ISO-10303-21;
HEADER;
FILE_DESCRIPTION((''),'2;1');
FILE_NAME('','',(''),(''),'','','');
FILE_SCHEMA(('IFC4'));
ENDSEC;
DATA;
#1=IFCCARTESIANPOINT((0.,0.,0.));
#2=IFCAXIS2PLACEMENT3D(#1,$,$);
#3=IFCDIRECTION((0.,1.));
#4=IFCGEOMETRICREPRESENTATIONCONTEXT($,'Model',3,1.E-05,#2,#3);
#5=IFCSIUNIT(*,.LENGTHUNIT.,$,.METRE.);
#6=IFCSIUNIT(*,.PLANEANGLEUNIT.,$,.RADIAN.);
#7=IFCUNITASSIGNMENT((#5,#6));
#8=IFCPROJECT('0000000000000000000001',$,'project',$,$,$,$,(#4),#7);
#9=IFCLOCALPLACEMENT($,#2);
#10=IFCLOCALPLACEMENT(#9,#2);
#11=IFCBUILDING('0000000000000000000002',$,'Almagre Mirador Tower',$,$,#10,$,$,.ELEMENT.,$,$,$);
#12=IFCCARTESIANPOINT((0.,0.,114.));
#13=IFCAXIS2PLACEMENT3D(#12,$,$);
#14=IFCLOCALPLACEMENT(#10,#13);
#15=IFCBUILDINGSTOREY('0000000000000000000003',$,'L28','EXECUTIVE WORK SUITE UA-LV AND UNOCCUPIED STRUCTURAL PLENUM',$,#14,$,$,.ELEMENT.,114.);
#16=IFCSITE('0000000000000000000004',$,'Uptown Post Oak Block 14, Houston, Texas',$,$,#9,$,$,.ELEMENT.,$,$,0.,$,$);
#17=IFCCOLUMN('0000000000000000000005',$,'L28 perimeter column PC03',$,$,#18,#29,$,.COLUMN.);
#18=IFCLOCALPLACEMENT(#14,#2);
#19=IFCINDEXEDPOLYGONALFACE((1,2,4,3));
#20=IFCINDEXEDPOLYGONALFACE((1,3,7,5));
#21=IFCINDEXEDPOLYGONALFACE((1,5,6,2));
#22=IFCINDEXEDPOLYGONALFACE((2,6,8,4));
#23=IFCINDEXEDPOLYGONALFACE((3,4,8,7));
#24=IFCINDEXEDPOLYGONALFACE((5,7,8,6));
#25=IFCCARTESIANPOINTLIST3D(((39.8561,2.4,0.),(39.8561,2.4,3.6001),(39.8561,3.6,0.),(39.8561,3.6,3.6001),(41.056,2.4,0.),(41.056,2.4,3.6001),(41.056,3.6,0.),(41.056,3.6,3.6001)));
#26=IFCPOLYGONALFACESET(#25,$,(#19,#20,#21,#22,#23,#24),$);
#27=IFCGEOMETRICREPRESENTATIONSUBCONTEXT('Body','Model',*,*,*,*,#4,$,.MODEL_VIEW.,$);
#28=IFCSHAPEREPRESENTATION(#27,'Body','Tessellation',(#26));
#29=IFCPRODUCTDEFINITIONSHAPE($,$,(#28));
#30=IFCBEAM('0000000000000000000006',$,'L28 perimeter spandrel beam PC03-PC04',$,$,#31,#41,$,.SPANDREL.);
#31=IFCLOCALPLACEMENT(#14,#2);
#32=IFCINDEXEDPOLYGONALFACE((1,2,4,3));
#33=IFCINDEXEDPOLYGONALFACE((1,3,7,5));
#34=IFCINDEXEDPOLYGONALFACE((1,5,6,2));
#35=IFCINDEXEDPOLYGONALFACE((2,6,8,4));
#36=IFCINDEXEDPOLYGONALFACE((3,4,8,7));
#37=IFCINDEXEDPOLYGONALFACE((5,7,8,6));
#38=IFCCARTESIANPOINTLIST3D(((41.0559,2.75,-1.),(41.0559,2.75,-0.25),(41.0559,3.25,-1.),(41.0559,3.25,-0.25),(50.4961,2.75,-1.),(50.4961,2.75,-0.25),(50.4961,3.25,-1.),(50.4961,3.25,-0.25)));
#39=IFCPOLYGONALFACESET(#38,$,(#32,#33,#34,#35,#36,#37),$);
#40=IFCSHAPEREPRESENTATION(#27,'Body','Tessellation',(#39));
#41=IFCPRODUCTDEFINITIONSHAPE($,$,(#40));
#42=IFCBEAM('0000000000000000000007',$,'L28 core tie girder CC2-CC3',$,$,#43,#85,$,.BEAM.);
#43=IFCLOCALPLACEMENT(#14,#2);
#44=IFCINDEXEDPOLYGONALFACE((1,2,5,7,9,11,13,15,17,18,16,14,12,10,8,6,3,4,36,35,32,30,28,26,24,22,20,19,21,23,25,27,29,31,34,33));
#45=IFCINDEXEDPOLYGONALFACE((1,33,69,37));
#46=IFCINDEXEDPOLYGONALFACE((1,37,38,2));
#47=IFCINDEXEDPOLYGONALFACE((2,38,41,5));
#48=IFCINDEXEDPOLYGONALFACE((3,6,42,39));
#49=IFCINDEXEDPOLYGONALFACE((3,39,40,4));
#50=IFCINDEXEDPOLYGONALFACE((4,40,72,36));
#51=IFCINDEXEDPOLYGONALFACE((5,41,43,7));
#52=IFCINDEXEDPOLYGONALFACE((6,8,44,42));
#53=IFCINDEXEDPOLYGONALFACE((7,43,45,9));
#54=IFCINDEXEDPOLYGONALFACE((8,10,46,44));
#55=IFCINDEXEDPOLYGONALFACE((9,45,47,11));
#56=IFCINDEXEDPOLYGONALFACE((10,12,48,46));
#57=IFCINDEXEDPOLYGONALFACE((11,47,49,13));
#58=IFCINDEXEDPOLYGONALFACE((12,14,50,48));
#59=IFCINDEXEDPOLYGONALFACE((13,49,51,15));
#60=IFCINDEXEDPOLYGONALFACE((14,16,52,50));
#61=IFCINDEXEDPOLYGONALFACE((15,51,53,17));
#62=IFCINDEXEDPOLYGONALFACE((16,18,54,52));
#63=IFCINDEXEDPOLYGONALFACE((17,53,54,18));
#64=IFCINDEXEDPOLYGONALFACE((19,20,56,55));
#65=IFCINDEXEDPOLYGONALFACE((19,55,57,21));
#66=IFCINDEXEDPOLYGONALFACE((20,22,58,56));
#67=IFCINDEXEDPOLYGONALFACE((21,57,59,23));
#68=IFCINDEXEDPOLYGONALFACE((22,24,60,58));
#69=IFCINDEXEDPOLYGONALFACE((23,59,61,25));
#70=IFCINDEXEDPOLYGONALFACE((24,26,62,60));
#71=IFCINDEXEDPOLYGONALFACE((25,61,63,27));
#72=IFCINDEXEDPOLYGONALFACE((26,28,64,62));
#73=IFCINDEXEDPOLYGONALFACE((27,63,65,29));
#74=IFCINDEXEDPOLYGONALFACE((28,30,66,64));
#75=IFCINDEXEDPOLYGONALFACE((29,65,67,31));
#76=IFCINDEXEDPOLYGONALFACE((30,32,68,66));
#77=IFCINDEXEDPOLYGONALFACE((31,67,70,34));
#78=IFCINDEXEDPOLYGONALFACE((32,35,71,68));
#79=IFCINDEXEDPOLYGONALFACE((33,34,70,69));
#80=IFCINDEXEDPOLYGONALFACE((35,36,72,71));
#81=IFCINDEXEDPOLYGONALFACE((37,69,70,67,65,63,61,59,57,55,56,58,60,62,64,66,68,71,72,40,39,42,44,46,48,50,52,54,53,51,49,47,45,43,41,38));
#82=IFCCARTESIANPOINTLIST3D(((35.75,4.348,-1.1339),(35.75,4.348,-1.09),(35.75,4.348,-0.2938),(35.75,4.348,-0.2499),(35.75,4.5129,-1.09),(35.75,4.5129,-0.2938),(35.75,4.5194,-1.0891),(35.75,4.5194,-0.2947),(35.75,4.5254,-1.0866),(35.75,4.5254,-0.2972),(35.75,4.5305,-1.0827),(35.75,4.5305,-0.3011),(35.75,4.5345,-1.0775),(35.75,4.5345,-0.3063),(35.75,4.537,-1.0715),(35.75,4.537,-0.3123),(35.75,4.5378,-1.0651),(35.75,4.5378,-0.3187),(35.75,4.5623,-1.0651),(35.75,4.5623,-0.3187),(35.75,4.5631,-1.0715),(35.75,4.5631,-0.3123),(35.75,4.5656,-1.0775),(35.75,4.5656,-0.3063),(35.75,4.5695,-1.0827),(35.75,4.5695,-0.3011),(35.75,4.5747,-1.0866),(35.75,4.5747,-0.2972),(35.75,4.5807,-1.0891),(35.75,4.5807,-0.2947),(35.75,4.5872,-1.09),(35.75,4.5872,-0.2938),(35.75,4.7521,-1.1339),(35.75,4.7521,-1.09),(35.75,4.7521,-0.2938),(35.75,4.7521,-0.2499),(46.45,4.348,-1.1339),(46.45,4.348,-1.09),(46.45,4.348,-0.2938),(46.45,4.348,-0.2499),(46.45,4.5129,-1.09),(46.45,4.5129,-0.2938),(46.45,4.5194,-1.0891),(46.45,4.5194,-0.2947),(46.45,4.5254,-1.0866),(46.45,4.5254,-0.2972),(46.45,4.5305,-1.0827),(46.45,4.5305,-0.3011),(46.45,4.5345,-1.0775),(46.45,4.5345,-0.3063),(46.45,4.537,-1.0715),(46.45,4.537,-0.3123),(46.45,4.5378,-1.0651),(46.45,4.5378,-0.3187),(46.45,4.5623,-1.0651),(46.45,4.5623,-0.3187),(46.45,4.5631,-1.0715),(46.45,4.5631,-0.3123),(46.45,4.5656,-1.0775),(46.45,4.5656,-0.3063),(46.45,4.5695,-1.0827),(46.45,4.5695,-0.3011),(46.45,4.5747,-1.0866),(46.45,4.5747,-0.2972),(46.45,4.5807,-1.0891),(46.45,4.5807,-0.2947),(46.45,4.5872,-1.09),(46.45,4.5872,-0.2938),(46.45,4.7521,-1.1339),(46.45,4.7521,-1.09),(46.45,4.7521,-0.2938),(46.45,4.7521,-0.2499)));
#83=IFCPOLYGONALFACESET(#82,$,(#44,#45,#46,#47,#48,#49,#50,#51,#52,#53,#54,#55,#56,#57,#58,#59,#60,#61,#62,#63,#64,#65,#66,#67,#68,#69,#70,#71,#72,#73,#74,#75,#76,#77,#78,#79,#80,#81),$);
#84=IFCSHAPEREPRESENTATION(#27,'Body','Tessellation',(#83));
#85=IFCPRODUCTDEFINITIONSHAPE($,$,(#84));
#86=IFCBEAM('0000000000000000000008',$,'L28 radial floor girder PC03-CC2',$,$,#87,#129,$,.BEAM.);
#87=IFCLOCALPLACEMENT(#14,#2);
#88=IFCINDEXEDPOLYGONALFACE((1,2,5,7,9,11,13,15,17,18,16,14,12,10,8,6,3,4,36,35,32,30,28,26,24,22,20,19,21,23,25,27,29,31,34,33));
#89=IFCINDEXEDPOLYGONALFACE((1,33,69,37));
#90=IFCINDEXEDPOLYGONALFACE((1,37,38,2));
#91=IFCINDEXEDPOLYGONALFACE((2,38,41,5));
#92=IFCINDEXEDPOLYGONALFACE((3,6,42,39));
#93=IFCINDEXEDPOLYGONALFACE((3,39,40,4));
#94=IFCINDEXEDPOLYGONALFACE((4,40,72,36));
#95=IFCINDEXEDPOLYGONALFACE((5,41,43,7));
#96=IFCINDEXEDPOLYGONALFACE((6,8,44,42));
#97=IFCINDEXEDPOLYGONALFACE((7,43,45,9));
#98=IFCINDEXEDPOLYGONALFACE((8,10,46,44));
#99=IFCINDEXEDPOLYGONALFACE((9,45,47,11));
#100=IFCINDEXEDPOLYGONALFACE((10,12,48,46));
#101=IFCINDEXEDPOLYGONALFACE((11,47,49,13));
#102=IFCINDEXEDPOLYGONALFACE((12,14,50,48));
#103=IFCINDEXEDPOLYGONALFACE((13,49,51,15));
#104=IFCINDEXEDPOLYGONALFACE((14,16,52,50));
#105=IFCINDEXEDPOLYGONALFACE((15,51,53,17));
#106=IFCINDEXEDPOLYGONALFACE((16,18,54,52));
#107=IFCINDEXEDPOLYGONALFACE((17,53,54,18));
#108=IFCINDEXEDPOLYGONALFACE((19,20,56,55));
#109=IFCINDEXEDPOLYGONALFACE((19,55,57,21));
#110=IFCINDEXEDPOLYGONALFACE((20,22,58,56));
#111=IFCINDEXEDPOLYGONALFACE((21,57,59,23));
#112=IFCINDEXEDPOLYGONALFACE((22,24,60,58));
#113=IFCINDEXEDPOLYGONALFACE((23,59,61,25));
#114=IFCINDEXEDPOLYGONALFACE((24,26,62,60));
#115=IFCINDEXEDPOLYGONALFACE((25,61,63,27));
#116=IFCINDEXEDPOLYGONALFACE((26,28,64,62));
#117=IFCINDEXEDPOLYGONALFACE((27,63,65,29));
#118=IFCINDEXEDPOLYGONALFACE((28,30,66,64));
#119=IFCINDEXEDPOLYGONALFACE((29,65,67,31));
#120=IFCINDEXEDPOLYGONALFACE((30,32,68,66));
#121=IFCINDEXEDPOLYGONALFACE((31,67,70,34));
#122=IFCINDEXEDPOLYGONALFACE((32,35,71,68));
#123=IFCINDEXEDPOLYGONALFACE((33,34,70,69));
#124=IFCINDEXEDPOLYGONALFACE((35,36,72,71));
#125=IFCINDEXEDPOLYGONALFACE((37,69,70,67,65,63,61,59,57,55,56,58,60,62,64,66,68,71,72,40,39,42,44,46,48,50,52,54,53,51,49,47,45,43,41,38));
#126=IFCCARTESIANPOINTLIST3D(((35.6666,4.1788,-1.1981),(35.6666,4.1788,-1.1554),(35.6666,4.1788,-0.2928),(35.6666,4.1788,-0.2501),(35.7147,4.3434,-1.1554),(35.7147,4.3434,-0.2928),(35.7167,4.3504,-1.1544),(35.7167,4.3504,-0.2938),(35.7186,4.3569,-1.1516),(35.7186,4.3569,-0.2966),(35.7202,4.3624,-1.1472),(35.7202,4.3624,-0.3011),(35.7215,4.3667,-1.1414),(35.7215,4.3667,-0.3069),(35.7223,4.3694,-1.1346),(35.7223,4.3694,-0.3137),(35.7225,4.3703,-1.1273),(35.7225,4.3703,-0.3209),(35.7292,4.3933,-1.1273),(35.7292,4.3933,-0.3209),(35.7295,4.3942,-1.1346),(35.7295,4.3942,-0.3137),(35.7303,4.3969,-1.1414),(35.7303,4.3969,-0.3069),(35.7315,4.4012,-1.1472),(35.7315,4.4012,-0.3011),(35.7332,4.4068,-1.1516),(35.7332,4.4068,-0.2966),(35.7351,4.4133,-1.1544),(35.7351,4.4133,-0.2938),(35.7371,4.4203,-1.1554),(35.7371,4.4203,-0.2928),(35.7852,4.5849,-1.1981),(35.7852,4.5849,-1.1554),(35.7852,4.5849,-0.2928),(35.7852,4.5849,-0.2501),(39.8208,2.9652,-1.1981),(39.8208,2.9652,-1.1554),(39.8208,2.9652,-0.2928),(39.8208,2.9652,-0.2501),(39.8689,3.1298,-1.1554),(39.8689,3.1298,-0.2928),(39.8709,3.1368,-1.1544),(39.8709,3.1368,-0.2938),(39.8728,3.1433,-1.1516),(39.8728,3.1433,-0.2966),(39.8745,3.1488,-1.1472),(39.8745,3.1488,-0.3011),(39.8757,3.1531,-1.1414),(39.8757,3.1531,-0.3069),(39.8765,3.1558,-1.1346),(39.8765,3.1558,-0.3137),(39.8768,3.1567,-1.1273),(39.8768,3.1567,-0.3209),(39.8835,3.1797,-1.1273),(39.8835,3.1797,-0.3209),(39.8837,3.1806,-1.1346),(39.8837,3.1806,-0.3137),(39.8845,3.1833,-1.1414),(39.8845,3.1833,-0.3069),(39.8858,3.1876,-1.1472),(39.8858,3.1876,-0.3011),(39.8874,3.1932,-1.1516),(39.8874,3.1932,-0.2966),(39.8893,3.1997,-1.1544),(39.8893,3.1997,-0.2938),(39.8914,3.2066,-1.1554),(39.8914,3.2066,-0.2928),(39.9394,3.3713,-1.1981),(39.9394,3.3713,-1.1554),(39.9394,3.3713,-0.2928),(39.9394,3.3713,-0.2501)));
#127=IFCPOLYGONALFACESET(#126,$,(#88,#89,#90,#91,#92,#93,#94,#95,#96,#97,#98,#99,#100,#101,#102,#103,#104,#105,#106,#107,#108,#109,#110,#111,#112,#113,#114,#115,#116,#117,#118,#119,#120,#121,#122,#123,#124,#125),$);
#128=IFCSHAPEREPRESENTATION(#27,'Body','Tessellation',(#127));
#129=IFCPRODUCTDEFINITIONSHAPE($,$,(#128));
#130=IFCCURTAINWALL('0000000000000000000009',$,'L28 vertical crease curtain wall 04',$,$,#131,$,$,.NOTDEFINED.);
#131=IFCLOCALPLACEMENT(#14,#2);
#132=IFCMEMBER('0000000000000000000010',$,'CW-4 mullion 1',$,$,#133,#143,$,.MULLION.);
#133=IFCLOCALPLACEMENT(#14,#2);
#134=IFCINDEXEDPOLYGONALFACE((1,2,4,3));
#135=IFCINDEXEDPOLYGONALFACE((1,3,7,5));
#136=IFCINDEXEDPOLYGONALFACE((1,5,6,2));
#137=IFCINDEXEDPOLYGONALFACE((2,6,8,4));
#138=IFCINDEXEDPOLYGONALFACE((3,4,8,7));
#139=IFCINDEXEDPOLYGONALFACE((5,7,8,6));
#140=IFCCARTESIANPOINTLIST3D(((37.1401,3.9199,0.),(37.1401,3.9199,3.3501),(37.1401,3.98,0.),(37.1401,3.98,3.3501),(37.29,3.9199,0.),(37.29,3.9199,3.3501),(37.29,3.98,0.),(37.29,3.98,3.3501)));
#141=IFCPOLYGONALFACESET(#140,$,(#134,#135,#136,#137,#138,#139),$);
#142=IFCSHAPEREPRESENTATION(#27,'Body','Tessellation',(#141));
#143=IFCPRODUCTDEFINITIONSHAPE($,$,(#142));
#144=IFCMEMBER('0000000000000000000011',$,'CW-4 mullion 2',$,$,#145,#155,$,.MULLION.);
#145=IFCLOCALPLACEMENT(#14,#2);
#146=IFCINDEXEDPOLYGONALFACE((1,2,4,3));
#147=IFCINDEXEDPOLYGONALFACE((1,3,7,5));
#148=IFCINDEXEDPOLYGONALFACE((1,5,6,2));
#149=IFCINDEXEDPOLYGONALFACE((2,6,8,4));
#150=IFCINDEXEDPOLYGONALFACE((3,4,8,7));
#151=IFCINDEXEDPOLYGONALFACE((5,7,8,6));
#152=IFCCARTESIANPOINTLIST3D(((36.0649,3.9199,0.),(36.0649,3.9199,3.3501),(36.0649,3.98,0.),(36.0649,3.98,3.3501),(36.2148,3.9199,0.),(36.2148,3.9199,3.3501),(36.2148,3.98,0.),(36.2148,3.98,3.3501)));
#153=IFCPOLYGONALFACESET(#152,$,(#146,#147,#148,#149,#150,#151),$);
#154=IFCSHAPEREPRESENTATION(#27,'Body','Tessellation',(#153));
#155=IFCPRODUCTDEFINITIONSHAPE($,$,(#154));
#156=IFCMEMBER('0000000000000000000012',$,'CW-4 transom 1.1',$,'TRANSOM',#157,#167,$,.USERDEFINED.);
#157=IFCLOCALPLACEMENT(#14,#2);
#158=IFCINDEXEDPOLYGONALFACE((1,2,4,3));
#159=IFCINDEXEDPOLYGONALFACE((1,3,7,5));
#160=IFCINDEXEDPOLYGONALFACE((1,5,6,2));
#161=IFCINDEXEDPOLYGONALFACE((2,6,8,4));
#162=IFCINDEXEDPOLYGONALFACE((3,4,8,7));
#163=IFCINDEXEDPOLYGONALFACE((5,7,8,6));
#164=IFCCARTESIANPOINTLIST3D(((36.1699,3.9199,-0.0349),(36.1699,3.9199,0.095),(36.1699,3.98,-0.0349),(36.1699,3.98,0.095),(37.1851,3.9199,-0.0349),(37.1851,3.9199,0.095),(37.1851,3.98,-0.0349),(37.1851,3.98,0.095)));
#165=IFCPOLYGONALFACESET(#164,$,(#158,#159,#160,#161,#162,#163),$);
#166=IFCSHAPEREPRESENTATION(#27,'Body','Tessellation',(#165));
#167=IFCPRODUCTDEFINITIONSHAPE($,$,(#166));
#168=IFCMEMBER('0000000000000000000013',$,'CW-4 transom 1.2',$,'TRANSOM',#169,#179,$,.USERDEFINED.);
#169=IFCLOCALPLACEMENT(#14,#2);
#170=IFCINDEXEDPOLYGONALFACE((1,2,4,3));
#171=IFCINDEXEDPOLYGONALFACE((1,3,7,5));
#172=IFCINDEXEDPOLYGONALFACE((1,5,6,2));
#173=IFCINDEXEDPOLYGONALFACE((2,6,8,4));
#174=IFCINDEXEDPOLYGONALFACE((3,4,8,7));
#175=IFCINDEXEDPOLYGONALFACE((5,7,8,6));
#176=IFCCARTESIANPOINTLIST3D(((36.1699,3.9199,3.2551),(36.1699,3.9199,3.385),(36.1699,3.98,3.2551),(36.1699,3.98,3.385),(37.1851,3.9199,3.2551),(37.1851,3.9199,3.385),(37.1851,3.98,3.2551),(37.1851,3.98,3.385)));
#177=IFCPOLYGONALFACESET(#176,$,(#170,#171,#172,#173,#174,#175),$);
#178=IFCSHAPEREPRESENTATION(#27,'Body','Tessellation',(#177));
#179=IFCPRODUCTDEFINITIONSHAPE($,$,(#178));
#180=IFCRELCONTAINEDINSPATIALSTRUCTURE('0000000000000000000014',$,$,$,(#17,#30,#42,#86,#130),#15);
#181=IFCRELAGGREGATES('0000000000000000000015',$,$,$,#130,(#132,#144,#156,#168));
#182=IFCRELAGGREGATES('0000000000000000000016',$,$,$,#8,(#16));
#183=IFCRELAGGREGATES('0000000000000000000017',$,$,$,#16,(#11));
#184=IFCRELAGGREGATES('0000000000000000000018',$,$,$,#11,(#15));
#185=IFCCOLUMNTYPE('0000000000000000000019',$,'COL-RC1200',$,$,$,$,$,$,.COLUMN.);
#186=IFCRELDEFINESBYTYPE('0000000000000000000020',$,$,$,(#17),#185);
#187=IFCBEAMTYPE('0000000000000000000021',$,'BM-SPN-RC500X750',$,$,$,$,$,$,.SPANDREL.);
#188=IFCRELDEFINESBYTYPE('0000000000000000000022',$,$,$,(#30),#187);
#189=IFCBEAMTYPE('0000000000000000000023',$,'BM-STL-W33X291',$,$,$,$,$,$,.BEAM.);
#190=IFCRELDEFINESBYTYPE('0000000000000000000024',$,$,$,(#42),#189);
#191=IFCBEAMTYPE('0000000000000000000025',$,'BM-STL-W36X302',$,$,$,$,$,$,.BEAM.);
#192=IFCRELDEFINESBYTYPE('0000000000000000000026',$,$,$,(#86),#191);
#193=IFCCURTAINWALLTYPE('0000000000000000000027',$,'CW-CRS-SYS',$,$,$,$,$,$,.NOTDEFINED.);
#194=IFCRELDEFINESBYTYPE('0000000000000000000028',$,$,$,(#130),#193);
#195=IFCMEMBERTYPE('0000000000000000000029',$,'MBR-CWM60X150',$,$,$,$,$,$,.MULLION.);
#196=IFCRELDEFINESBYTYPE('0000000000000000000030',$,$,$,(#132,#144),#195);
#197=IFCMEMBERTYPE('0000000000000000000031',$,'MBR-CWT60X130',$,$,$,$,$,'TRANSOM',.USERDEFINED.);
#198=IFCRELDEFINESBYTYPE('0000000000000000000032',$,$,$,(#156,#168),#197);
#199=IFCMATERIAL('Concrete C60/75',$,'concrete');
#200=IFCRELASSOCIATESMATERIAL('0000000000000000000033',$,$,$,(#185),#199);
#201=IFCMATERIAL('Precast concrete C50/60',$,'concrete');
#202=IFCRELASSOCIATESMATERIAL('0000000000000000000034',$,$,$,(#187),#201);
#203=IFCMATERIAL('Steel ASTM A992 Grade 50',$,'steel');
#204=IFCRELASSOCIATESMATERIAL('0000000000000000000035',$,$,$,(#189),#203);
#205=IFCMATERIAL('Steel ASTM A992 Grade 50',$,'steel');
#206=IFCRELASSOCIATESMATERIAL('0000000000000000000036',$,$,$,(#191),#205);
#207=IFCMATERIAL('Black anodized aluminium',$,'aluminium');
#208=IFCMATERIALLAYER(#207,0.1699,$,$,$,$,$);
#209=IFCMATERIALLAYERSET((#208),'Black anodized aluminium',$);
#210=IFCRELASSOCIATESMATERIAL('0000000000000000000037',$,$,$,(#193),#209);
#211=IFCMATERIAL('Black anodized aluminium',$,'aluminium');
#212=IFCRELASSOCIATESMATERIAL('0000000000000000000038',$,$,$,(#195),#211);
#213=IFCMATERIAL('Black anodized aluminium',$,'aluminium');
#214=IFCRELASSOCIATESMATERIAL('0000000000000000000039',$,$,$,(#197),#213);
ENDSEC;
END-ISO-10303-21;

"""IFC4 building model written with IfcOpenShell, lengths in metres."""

from ifc_helpers import new_model, si_unit, direction, frame, origin, origin_2d, place, context, subcontext, project, spatial, rectangle, i_section, extrude, material, layer, layer_set, material_profile, profile_set, type_object, element, aggregate, save


model = new_model("IFC4")

# Units and contexts
model_context = context("Model", 3, precision=1e-05, world=origin(), true_north=direction((0.0, 1.0)))
body_context = subcontext(model_context, "Body", "Model", "MODEL_VIEW")
ifc_project = project(units=[si_unit("LENGTHUNIT", "METRE"), si_unit("PLANEANGLEUNIT", "RADIAN")], contexts=[model_context])

# Site, building, storey
site_placement = place(None, origin())
site = spatial("IfcSite", under=ifc_project, at=site_placement, Name="Uptown Post Oak Block 14, Houston, Texas", CompositionType="ELEMENT", RefElevation=0.0)
building_placement = place(site_placement, origin())
building = spatial("IfcBuilding", under=site, at=building_placement, Name="Almagre Mirador Tower", CompositionType="ELEMENT")
storey_placement = place(building_placement, frame((0.0, 0.0, 114.0)))
storey = spatial("IfcBuildingStorey", under=building, at=storey_placement, Name="L28", Description="EXECUTIVE WORK SUITE UA-LV AND UNOCCUPIED STRUCTURAL PLENUM", CompositionType="ELEMENT", Elevation=114.0)

# Column
ifc_material_1 = material(Name="Concrete C60/75", Category="concrete")
ifc_material_profile_1 = material_profile(ifc_material_1, rectangle(XDim=1.2, YDim=1.2, at=origin_2d()), Name="RC1200X1200")
ifc_profile_set_1 = profile_set([ifc_material_profile_1], Name="Concrete C60/75")
column_type = type_object("IfcColumnType", Name="COL-RC1200", PredefinedType="COLUMN", material=ifc_profile_set_1)
column_placement = place(storey_placement, frame((40.4561, 3.0, 0.0), z_axis=(0.0, 0.0, 1.0), x_axis=(1.0, 0.0, 0.0)))
element("IfcColumn", 1, at=column_placement, inside=storey, type_object=column_type, Name="L28 perimeter column PC03", PredefinedType="COLUMN", context=body_context, shape_type="SweptSolid", body=[
    extrude(rectangle(XDim=1.2, YDim=1.2, at=origin_2d()), origin(), (0.0, 0.0, 1.0), 3.6001),
])

# Beams
ifc_material_2 = material(Name="Precast concrete C50/60", Category="concrete")
ifc_material_profile_2 = material_profile(ifc_material_2, rectangle(XDim=0.5, YDim=0.75, at=origin_2d()), Name="RC500X750")
ifc_profile_set_2 = profile_set([ifc_material_profile_2], Name="Precast concrete C50/60")
beam_type_1 = type_object("IfcBeamType", Name="BM-SPN-RC500X750", PredefinedType="SPANDREL", material=ifc_profile_set_2)
beam_1_placement = place(storey_placement, frame((41.0559, 3.0, -0.625), z_axis=(1.0, 0.0, 0.0), x_axis=(0.0, 1.0, 0.0)))
element("IfcBeam", 2, at=beam_1_placement, inside=storey, type_object=beam_type_1, Name="L28 perimeter spandrel beam PC03-PC04", PredefinedType="SPANDREL", context=body_context, shape_type="SweptSolid", body=[
    extrude(rectangle(XDim=0.5, YDim=0.75, at=origin_2d()), origin(), (0.0, 0.0, 1.0), 9.4402),
])
ifc_material_3 = material(Name="Steel ASTM A992 Grade 50", Category="steel")
ifc_material_profile_3 = material_profile(ifc_material_3, i_section(OverallWidth=0.4041, OverallDepth=0.884, WebThickness=0.0244, FlangeThickness=0.0439, FilletRadius=0.0249, at=origin_2d()), Name="W33X291")
ifc_profile_set_3 = profile_set([ifc_material_profile_3], Name="Steel ASTM A992 Grade 50")
beam_type_2 = type_object("IfcBeamType", Name="BM-STL-W33X291", PredefinedType="BEAM", material=ifc_profile_set_3)
beam_2_placement = place(storey_placement, frame((35.75, 4.55, -0.6919), z_axis=(1.0, 0.0, 0.0), x_axis=(0.0, 1.0, 0.0)))
element("IfcBeam", 3, at=beam_2_placement, inside=storey, type_object=beam_type_2, Name="L28 core tie girder CC2-CC3", PredefinedType="BEAM", context=body_context, shape_type="SweptSolid", body=[
    extrude(i_section(OverallWidth=0.4041, OverallDepth=0.884, WebThickness=0.0244, FlangeThickness=0.0439, FilletRadius=0.0249, at=origin_2d()), origin(), (0.0, 0.0, 1.0), 10.7),
])
ifc_material_4 = material(Name="Steel ASTM A992 Grade 50", Category="steel")
ifc_material_profile_4 = material_profile(ifc_material_4, i_section(OverallWidth=0.4231, OverallDepth=0.948, WebThickness=0.0239, FlangeThickness=0.0427, FilletRadius=0.0281, at=origin_2d()), Name="W36X302")
ifc_profile_set_4 = profile_set([ifc_material_profile_4], Name="Steel ASTM A992 Grade 50")
beam_type_3 = type_object("IfcBeamType", Name="BM-STL-W36X302", PredefinedType="BEAM", material=ifc_profile_set_4)
beam_3_placement = place(storey_placement, frame((39.8801, 3.1682, -0.7241), z_axis=(-0.959879, 0.280416, 0.0), x_axis=(-0.280416, -0.959879, 0.0)))
element("IfcBeam", 4, at=beam_3_placement, inside=storey, type_object=beam_type_3, Name="L28 radial floor girder PC03-CC2", PredefinedType="BEAM", context=body_context, shape_type="SweptSolid", body=[
    extrude(i_section(OverallWidth=0.4231, OverallDepth=0.948, WebThickness=0.0239, FlangeThickness=0.0427, FilletRadius=0.0281, at=origin_2d()), origin(), (0.0, 0.0, 1.0), 4.3279),
])

# Curtain wall, members
ifc_material_5 = material(Name="Black anodized aluminium", Category="aluminium")
ifc_layer_1 = layer(ifc_material_5, 0.1699)
ifc_layer_set_1 = layer_set([ifc_layer_1], Name="Black anodized aluminium")
curtain_wall_type = type_object("IfcCurtainWallType", Name="CW-CRS-SYS", PredefinedType="NOTDEFINED", material=ifc_layer_set_1)
curtain_wall_placement = place(storey_placement, origin())
curtain_wall = element("IfcCurtainWall", 5, at=curtain_wall_placement, inside=storey, type_object=curtain_wall_type, Name="L28 vertical crease curtain wall 04", PredefinedType="NOTDEFINED")
ifc_material_6 = material(Name="Black anodized aluminium", Category="aluminium")
ifc_material_profile_5 = material_profile(ifc_material_6, rectangle(XDim=0.0601, YDim=0.1499, at=origin_2d()), Name="CWM60X150")
ifc_profile_set_5 = profile_set([ifc_material_profile_5], Name="Black anodized aluminium")
member_type_1 = type_object("IfcMemberType", Name="MBR-CWM60X150", PredefinedType="MULLION", material=ifc_profile_set_5)
member_1_placement = place(storey_placement, frame((37.2151, 3.95, 0.0), z_axis=(0.0, 0.0, 1.0), x_axis=(0.0, -1.0, 0.0)))
member_1 = element("IfcMember", 6, at=member_1_placement, type_object=member_type_1, Name="CW-4 mullion 1", PredefinedType="MULLION", context=body_context, shape_type="SweptSolid", body=[
    extrude(rectangle(XDim=0.0601, YDim=0.1499, at=origin_2d()), origin(), (0.0, 0.0, 1.0), 3.3501),
])
member_2_placement = place(storey_placement, frame((36.1399, 3.95, 0.0), z_axis=(0.0, 0.0, 1.0), x_axis=(0.0, -1.0, 0.0)))
member_2 = element("IfcMember", 7, at=member_2_placement, type_object=member_type_1, Name="CW-4 mullion 2", PredefinedType="MULLION", context=body_context, shape_type="SweptSolid", body=[
    extrude(rectangle(XDim=0.0601, YDim=0.1499, at=origin_2d()), origin(), (0.0, 0.0, 1.0), 3.3501),
])
ifc_material_7 = material(Name="Black anodized aluminium", Category="aluminium")
ifc_material_profile_6 = material_profile(ifc_material_7, rectangle(XDim=0.0601, YDim=0.1299, at=origin_2d()), Name="CWT60X130")
ifc_profile_set_6 = profile_set([ifc_material_profile_6], Name="Black anodized aluminium")
member_type_2 = type_object("IfcMemberType", Name="MBR-CWT60X130", ElementType="TRANSOM", PredefinedType="USERDEFINED", material=ifc_profile_set_6)
member_3_placement = place(storey_placement, frame((37.1851, 3.95, 0.03), z_axis=(-1.0, 0.0, 0.0), x_axis=(0.0, -1.0, 0.0)))
member_3 = element("IfcMember", 8, at=member_3_placement, type_object=member_type_2, Name="CW-4 transom 1.1", ObjectType="TRANSOM", PredefinedType="USERDEFINED", context=body_context, shape_type="SweptSolid", body=[
    extrude(rectangle(XDim=0.0601, YDim=0.1299, at=origin_2d()), origin(), (0.0, 0.0, 1.0), 1.0151),
])
member_4_placement = place(storey_placement, frame((37.1851, 3.95, 3.3201), z_axis=(-1.0, 0.0, 0.0), x_axis=(0.0, -1.0, 0.0)))
member_4 = element("IfcMember", 9, at=member_4_placement, type_object=member_type_2, Name="CW-4 transom 1.2", ObjectType="TRANSOM", PredefinedType="USERDEFINED", context=body_context, shape_type="SweptSolid", body=[
    extrude(rectangle(XDim=0.0601, YDim=0.1299, at=origin_2d()), origin(), (0.0, 0.0, 1.0), 1.0151),
])
aggregate(curtain_wall, [member_1, member_2, member_3, member_4])

save(model, "model.ifc")
